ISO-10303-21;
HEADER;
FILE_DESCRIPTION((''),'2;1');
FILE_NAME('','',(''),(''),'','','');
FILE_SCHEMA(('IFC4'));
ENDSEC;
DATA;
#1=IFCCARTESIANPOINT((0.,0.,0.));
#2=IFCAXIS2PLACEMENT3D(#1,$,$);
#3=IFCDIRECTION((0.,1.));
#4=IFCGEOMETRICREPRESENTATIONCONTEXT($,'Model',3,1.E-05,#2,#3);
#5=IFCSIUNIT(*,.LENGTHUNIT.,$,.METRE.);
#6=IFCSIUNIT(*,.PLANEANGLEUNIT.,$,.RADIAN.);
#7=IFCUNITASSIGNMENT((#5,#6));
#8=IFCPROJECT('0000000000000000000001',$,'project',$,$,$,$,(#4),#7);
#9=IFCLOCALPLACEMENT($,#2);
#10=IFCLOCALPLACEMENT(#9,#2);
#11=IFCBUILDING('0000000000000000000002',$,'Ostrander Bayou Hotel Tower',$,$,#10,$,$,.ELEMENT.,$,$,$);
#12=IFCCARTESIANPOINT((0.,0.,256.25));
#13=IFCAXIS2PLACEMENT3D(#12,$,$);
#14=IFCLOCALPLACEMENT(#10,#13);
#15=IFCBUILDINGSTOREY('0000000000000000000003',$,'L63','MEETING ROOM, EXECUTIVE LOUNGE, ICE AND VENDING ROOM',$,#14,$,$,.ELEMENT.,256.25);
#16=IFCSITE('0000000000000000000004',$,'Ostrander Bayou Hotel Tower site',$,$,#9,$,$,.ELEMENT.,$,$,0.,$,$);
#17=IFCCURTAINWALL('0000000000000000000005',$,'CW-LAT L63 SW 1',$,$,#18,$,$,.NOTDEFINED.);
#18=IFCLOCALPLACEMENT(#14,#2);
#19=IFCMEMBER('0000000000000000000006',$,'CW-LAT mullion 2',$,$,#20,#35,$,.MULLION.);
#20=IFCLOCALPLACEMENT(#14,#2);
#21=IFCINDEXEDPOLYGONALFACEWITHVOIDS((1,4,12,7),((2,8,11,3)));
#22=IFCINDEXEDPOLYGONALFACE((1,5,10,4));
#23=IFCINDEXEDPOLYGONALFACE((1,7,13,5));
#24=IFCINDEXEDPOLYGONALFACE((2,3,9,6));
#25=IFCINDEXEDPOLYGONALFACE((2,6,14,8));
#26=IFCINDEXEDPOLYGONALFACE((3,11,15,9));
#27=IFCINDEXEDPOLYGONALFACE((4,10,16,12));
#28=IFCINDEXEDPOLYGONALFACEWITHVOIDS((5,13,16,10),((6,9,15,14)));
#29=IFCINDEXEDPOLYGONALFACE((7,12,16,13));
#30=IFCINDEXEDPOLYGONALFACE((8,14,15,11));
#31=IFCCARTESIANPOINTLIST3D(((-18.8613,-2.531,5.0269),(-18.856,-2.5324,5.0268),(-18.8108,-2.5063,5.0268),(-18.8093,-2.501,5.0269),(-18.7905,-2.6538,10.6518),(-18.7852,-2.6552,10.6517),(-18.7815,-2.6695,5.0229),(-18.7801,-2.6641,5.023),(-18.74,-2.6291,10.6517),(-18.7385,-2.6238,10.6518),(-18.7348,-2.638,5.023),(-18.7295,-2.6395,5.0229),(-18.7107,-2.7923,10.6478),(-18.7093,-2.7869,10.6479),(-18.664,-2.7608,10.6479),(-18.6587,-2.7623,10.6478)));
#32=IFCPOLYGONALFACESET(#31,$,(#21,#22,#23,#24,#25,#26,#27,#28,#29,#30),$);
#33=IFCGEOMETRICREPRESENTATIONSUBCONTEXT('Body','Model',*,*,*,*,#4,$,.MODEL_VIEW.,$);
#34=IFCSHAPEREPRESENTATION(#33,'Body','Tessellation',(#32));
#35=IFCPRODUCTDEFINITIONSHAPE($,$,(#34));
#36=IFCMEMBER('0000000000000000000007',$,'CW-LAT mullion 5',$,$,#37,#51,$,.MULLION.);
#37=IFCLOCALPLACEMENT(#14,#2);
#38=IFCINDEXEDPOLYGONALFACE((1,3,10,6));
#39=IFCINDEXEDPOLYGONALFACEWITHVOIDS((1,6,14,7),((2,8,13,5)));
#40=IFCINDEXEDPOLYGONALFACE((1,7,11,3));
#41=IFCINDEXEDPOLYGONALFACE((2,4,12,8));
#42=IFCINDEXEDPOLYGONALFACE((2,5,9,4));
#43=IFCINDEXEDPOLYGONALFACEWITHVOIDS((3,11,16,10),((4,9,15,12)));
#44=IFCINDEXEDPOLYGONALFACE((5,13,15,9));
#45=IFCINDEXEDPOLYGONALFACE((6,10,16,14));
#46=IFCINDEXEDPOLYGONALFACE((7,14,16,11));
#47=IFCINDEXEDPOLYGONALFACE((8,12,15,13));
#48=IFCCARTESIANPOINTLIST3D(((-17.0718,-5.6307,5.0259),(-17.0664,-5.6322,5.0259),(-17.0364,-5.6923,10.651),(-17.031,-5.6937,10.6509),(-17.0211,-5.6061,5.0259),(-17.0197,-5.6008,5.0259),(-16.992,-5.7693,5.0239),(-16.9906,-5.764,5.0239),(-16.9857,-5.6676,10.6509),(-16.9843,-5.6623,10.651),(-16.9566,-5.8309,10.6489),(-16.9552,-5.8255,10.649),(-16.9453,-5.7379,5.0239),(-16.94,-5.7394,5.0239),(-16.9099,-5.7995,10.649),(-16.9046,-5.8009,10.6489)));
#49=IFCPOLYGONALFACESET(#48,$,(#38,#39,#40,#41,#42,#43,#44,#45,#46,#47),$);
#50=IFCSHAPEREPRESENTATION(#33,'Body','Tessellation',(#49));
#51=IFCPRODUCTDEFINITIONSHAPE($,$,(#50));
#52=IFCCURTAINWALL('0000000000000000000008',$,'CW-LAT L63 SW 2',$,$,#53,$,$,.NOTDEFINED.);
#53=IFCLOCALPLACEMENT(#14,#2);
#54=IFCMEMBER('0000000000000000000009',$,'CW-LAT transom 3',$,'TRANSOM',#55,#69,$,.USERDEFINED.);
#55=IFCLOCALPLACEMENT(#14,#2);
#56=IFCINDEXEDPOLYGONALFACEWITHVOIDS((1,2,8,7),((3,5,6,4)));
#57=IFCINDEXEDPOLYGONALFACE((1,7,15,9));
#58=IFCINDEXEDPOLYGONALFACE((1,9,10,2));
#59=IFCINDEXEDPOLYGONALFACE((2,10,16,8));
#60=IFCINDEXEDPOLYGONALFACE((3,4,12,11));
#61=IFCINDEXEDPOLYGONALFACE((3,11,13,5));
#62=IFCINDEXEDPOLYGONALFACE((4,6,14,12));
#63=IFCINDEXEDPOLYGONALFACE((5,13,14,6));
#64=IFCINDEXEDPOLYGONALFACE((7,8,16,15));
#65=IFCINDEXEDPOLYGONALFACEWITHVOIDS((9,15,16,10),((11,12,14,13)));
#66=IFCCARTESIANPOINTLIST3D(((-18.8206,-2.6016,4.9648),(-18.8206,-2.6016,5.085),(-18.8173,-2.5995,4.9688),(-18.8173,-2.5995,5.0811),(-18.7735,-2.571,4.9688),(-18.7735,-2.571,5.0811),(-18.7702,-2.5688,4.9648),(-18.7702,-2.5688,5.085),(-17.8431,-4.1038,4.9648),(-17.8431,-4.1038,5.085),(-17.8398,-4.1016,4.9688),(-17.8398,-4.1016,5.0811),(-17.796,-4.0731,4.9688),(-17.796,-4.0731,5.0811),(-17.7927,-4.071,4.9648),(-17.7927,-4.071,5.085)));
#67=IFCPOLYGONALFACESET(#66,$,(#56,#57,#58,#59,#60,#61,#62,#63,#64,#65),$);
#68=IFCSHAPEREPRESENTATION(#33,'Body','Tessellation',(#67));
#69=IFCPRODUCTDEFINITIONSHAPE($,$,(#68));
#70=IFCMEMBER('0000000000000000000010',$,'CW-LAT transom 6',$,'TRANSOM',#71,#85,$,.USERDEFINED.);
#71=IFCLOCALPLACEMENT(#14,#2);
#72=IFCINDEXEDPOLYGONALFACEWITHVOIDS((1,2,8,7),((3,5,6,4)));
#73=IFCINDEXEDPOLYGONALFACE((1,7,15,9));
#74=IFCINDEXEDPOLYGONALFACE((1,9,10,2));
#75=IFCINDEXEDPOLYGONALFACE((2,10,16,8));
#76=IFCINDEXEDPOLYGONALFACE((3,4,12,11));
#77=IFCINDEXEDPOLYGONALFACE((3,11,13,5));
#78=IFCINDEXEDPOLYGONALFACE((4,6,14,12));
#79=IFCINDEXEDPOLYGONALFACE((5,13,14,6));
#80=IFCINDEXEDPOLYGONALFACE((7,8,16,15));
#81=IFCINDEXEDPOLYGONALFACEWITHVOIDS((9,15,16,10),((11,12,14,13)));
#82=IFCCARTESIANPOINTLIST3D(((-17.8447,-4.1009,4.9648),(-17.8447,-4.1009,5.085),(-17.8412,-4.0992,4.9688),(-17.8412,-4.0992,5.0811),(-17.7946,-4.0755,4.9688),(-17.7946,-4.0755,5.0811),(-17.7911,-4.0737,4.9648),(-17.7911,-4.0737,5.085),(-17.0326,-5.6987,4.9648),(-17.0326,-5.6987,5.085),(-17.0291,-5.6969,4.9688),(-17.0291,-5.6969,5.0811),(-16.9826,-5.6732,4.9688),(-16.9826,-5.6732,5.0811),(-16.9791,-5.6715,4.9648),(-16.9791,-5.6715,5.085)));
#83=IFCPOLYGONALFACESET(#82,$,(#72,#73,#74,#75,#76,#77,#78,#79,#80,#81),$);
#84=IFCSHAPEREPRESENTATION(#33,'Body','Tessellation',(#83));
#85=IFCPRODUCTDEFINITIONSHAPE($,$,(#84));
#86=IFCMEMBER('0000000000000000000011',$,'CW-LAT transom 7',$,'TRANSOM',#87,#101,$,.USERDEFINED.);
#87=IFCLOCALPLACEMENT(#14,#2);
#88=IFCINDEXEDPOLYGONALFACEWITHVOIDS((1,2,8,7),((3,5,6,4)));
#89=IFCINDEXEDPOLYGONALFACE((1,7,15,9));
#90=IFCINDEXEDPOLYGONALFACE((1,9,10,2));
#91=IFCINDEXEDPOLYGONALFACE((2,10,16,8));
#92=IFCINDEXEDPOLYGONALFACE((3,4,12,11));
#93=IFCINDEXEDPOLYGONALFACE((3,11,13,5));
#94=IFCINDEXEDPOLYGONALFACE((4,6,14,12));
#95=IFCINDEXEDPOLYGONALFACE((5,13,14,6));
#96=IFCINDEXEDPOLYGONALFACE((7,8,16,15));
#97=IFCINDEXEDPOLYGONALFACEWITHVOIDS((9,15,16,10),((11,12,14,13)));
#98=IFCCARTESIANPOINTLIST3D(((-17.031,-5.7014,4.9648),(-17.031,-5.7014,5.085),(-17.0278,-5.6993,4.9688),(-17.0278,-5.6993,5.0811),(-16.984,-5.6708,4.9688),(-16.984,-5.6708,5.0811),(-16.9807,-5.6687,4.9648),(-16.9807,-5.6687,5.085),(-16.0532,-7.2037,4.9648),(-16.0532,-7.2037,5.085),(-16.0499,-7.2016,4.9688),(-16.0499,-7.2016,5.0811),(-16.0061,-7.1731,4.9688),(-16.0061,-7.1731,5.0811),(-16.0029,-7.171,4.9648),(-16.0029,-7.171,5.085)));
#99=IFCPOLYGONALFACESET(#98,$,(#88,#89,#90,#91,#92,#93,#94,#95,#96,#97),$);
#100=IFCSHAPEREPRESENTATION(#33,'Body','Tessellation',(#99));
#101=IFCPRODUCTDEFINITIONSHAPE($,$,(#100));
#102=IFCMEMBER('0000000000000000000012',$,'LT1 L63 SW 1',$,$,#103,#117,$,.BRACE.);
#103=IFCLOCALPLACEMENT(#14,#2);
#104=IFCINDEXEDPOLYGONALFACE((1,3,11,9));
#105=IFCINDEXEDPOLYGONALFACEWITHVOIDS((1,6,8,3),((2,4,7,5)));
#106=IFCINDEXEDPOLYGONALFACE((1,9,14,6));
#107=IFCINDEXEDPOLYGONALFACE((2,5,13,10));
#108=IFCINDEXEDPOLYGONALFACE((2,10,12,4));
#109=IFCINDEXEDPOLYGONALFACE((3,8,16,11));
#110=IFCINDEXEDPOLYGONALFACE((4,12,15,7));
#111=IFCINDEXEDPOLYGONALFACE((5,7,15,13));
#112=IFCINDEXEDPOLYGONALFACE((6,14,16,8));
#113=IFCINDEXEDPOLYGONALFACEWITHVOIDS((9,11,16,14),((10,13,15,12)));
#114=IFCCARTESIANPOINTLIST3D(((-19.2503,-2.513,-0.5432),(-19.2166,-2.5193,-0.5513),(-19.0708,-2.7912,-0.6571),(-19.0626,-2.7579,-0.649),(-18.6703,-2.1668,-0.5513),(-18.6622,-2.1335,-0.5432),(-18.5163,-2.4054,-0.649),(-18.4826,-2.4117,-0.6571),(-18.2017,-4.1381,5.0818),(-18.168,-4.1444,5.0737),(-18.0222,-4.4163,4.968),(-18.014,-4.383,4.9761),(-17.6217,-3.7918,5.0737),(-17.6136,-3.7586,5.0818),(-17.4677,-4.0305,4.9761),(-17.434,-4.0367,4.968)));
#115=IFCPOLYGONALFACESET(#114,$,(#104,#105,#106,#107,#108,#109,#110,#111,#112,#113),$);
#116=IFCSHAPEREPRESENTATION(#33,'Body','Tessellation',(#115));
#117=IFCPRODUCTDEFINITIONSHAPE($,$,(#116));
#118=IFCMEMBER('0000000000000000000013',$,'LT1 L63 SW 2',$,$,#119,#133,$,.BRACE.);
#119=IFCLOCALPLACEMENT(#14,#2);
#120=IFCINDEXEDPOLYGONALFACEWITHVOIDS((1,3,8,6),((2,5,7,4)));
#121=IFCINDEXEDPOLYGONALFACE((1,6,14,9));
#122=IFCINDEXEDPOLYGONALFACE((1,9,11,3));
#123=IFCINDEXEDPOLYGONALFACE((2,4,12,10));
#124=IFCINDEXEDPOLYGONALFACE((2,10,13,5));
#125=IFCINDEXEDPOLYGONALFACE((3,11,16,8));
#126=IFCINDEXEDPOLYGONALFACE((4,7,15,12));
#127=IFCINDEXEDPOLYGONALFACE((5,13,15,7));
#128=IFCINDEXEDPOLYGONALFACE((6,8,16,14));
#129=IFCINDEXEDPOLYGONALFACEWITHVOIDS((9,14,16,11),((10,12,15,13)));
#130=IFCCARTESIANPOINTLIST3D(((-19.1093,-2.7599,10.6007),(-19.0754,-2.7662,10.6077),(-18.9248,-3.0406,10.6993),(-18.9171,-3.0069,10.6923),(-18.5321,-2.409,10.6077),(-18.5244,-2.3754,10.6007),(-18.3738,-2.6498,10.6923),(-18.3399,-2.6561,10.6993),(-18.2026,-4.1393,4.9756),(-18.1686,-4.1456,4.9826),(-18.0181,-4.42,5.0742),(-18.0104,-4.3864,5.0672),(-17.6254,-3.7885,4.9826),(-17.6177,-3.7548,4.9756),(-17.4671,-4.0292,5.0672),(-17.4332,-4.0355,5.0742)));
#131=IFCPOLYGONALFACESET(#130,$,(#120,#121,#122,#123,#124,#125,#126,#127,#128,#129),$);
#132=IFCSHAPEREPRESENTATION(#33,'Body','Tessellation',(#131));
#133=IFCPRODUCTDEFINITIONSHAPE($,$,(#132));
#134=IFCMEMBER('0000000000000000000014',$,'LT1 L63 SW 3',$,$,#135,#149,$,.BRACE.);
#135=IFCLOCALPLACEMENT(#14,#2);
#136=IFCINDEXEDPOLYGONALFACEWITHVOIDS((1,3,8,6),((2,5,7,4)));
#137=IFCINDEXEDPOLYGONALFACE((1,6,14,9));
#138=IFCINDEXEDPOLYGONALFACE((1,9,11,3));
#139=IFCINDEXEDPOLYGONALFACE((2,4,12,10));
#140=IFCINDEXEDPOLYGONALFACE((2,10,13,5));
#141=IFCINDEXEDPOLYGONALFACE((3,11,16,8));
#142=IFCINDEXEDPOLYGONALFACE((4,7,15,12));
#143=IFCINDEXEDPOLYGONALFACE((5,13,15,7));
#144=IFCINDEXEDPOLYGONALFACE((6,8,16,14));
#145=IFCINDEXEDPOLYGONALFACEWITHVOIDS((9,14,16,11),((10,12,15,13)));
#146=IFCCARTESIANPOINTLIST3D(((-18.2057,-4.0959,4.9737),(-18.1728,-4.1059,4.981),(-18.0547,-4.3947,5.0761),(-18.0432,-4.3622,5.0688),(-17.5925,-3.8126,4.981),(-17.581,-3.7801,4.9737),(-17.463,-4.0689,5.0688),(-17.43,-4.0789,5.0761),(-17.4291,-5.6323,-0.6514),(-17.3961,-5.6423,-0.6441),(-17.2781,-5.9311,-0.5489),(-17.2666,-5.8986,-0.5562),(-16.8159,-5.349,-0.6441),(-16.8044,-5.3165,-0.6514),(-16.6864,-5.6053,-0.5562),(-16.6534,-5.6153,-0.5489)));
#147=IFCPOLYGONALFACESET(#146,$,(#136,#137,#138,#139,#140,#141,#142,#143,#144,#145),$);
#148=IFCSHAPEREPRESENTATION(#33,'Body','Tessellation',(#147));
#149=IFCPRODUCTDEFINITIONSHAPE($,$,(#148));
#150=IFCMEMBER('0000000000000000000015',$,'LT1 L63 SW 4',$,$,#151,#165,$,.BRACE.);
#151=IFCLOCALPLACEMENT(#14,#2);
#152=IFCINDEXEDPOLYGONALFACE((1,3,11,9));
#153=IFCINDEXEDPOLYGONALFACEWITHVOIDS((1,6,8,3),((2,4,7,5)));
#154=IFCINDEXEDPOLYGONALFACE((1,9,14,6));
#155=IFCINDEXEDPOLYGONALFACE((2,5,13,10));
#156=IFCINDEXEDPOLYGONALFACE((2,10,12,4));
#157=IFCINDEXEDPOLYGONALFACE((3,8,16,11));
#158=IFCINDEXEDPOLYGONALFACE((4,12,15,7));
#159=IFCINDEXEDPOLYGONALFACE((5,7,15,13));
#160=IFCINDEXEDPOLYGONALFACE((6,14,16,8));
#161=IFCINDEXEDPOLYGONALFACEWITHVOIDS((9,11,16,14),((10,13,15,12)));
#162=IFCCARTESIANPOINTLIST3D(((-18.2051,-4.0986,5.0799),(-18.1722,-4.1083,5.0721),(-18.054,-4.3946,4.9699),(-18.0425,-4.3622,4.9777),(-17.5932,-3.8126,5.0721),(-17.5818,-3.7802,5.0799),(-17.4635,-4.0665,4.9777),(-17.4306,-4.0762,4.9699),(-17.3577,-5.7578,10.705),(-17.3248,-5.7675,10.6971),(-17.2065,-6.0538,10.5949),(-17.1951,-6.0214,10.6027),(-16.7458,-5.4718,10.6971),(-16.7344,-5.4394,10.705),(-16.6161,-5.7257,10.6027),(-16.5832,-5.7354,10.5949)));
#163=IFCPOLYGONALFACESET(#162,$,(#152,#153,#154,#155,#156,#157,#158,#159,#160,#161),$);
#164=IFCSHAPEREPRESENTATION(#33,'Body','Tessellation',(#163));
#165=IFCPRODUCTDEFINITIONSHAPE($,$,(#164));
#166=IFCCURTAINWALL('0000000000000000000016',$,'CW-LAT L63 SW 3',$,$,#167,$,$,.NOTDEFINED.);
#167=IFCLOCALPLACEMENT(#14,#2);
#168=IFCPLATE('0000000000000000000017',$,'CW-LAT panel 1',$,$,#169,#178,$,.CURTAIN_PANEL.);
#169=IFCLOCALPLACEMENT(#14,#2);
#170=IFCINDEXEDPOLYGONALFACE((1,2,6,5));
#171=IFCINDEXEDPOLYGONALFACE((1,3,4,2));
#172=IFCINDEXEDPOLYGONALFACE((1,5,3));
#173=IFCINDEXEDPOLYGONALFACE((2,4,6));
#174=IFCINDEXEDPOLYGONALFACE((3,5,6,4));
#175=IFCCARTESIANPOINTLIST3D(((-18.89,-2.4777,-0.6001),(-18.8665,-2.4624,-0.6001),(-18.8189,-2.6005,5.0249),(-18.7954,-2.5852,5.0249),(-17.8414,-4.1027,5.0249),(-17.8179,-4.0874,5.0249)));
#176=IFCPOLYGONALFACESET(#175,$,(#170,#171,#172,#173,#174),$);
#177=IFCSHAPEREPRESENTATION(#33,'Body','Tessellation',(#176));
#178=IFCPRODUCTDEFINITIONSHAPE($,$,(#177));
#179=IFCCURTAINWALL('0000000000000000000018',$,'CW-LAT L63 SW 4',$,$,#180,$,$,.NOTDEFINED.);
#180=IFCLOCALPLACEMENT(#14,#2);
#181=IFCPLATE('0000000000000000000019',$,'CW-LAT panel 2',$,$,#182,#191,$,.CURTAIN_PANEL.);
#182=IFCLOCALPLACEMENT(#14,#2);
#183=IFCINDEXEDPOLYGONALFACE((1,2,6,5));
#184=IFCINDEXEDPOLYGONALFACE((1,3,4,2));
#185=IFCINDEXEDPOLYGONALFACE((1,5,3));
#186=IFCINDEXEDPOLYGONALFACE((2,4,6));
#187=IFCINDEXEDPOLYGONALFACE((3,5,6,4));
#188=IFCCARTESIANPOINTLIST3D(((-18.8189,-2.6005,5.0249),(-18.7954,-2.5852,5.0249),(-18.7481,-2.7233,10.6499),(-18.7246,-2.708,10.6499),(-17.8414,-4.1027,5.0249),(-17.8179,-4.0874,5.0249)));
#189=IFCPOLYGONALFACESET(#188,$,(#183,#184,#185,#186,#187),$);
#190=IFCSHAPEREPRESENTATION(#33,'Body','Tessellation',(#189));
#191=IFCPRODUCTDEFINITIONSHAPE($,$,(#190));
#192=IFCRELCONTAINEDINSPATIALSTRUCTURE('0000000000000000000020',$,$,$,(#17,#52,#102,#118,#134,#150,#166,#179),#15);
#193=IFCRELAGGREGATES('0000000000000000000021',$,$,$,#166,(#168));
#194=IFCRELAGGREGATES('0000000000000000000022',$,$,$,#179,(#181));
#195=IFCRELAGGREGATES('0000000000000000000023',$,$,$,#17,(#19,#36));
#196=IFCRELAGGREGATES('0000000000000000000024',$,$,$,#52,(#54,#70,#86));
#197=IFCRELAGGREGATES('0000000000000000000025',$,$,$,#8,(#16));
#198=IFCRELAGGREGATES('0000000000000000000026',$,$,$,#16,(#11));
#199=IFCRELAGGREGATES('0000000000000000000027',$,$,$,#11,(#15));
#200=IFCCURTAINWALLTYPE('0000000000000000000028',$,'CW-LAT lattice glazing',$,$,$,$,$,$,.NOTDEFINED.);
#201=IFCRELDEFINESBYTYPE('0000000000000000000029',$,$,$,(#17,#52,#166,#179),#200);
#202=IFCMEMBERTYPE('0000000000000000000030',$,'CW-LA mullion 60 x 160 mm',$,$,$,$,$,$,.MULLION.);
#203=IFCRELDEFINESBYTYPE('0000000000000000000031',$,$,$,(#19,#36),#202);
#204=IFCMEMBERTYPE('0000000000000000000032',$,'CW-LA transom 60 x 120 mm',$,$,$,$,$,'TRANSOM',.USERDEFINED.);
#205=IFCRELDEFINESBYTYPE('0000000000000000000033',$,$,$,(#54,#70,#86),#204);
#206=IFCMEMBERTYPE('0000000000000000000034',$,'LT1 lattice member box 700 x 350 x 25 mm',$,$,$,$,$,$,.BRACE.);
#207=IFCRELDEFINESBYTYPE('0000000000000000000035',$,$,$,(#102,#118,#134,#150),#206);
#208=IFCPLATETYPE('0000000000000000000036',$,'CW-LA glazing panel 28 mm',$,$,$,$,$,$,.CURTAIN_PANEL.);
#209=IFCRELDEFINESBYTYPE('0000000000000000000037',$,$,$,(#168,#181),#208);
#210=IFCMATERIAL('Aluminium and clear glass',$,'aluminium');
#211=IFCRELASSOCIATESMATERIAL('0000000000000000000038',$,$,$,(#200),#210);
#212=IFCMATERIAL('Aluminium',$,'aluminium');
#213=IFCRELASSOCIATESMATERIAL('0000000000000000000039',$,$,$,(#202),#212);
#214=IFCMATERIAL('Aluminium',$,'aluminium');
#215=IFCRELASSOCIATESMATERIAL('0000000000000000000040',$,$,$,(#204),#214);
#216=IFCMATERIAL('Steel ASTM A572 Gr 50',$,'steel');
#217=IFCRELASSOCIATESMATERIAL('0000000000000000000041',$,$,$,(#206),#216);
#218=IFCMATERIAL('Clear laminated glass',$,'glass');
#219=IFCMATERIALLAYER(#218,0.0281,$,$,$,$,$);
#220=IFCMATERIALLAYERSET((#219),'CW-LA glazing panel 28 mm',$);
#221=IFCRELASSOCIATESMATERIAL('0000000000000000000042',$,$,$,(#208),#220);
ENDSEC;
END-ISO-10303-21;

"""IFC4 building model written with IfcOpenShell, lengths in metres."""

from ifc_helpers import new_model, si_unit, direction, frame, origin, origin_2d, place, context, subcontext, project, spatial, polyline, hollow_rectangle, outline, extrude, material, layer, layer_set, material_profile, profile_set, type_object, element, aggregate, save


model = new_model("IFC4")

# Units and contexts
model_context = context("Model", 3, precision=1e-05, world=origin(), true_north=direction((0.0, 1.0)))
body_context = subcontext(model_context, "Body", "Model", "MODEL_VIEW")
ifc_project = project(units=[si_unit("LENGTHUNIT", "METRE"), si_unit("PLANEANGLEUNIT", "RADIAN")], contexts=[model_context])

# Site, building, storey
site_placement = place(None, origin())
site = spatial("IfcSite", under=ifc_project, at=site_placement, Name="Ostrander Bayou Hotel Tower site", CompositionType="ELEMENT", RefElevation=0.0)
building_placement = place(site_placement, origin())
building = spatial("IfcBuilding", under=site, at=building_placement, Name="Ostrander Bayou Hotel Tower", CompositionType="ELEMENT")
storey_placement = place(building_placement, frame((0.0, 0.0, 256.25)))
storey = spatial("IfcBuildingStorey", under=building, at=storey_placement, Name="L63", Description="MEETING ROOM, EXECUTIVE LOUNGE, ICE AND VENDING ROOM", CompositionType="ELEMENT", Elevation=256.25)

# Curtain walls, members
ifc_material_1 = material(Name="Aluminium and clear glass", Category="aluminium")
curtain_wall_type = type_object("IfcCurtainWallType", Name="CW-LAT lattice glazing", PredefinedType="NOTDEFINED", material=ifc_material_1)
curtain_wall_1_placement = place(storey_placement, origin())
curtain_wall_1 = element("IfcCurtainWall", 1, at=curtain_wall_1_placement, inside=storey, type_object=curtain_wall_type, Name="CW-LAT L63 SW 1", PredefinedType="NOTDEFINED")
ifc_material_2 = material(Name="Aluminium", Category="aluminium")
ifc_material_profile_1 = material_profile(ifc_material_2, hollow_rectangle(XDim=0.0601, YDim=0.1599, WallThickness=0.0039, at=origin_2d()))
ifc_profile_set_1 = profile_set([ifc_material_profile_1], Name="Aluminium")
member_type_1 = type_object("IfcMemberType", Name="CW-LA mullion 60 x 160 mm", PredefinedType="MULLION", material=ifc_profile_set_1)
member_1_placement = place(storey_placement, frame((-18.7954, -2.5852, 5.0249), z_axis=(0.012583, -0.021825, 0.999683), x_axis=(0.866329, 0.499474, 0.0)))
member_1 = element("IfcMember", 2, at=member_1_placement, type_object=member_type_1, Name="CW-LAT mullion 2", PredefinedType="MULLION", context=body_context, shape_type="SweptSolid", body=[
    extrude(hollow_rectangle(XDim=0.0601, YDim=0.1599, WallThickness=0.0039, at=origin_2d()), origin(), (0.0, 0.0, 1.0), 5.6267),
])
member_2_placement = place(storey_placement, frame((-17.0059, -5.6851, 5.0249), z_axis=(0.006293, -0.010937, 0.99992), x_axis=(0.866758, 0.49873, 0.0)))
member_2 = element("IfcMember", 3, at=member_2_placement, type_object=member_type_1, Name="CW-LAT mullion 5", PredefinedType="MULLION", context=body_context, shape_type="SweptSolid", body=[
    extrude(hollow_rectangle(XDim=0.0601, YDim=0.1599, WallThickness=0.0039, at=origin_2d()), origin(), (0.0, 0.0, 1.0), 5.6255),
])
curtain_wall_2_placement = place(storey_placement, origin())
curtain_wall_2 = element("IfcCurtainWall", 4, at=curtain_wall_2_placement, inside=storey, type_object=curtain_wall_type, Name="CW-LAT L63 SW 2", PredefinedType="NOTDEFINED")
ifc_material_3 = material(Name="Aluminium", Category="aluminium")
ifc_material_profile_2 = material_profile(ifc_material_3, hollow_rectangle(XDim=0.0601, YDim=0.1201, WallThickness=0.0039, at=origin_2d()))
ifc_profile_set_2 = profile_set([ifc_material_profile_2], Name="Aluminium")
member_type_2 = type_object("IfcMemberType", Name="CW-LA transom 60 x 120 mm", ElementType="TRANSOM", PredefinedType="USERDEFINED", material=ifc_profile_set_2)
member_3_placement = place(storey_placement, frame((-18.7954, -2.5852, 5.0249), z_axis=(0.545424, -0.83816, 0.0), x_axis=(0.83816, 0.545424, 0.0)))
member_3 = element("IfcMember", 5, at=member_3_placement, type_object=member_type_2, Name="CW-LAT transom 3", ObjectType="TRANSOM", PredefinedType="USERDEFINED", context=body_context, shape_type="SweptSolid", body=[
    extrude(hollow_rectangle(XDim=0.0601, YDim=0.1201, WallThickness=0.0039, at=origin_2d()), origin(), (0.0, 0.0, 1.0), 1.7922),
])
member_4_placement = place(storey_placement, frame((-17.0059, -5.6851, 5.0249), z_axis=(-0.453089, 0.891465, 0.0), x_axis=(-0.891465, -0.453089, 0.0)))
member_4 = element("IfcMember", 6, at=member_4_placement, type_object=member_type_2, Name="CW-LAT transom 6", ObjectType="TRANSOM", PredefinedType="USERDEFINED", context=body_context, shape_type="SweptSolid", body=[
    extrude(hollow_rectangle(XDim=0.0601, YDim=0.1201, WallThickness=0.0039, at=origin_2d()), origin(), (0.0, 0.0, 1.0), 1.7922),
])
member_5_placement = place(storey_placement, frame((-17.0059, -5.6851, 5.0249), z_axis=(0.54552, -0.838098, 0.0), x_axis=(0.838098, 0.54552, 0.0)))
member_5 = element("IfcMember", 7, at=member_5_placement, type_object=member_type_2, Name="CW-LAT transom 7", ObjectType="TRANSOM", PredefinedType="USERDEFINED", context=body_context, shape_type="SweptSolid", body=[
    extrude(hollow_rectangle(XDim=0.0601, YDim=0.1201, WallThickness=0.0039, at=origin_2d()), origin(), (0.0, 0.0, 1.0), 1.7925),
])

# Members
ifc_material_4 = material(Name="Steel ASTM A572 Gr 50", Category="steel")
ifc_material_profile_3 = material_profile(ifc_material_4, hollow_rectangle(XDim=0.7, YDim=0.3501, WallThickness=0.0249, at=origin_2d()))
ifc_profile_set_3 = profile_set([ifc_material_profile_3], Name="Steel ASTM A572 Gr 50")
member_type_3 = type_object("IfcMemberType", Name="LT1 lattice member box 700 x 350 x 25 mm", PredefinedType="BRACE", material=ifc_profile_set_3)
member_6_placement = place(storey_placement, frame((-17.8179, -4.0874, 5.0249), z_axis=(-0.176287, 0.273193, -0.945668), x_axis=(-0.84025, -0.542199, 0.0)))
element("IfcMember", 8, at=member_6_placement, inside=storey, type_object=member_type_3, Name="LT1 L63 SW 1", PredefinedType="BRACE", context=body_context, shape_type="SweptSolid", body=[
    extrude(hollow_rectangle(XDim=0.7, YDim=0.3501, WallThickness=0.0249, at=origin_2d()), origin(), (0.0, 0.0, 1.0), 5.9482),
])
member_7_placement = place(storey_placement, frame((-17.8179, -4.0874, 5.0249), z_axis=(-0.154675, 0.235303, 0.959535), x_axis=(-0.835628, -0.549296, 0.0)))
element("IfcMember", 9, at=member_7_placement, inside=storey, type_object=member_type_3, Name="LT1 L63 SW 2", PredefinedType="BRACE", context=body_context, shape_type="SweptSolid", body=[
    extrude(hollow_rectangle(XDim=0.7, YDim=0.3501, WallThickness=0.0249, at=origin_2d()), origin(), (0.0, 0.0, 1.0), 5.8623),
])
member_8_placement = place(storey_placement, frame((-17.8179, -4.0874, 5.0249), z_axis=(0.13202, -0.261176, -0.956221), x_axis=(0.892462, 0.451123, 0.0)))
element("IfcMember", 10, at=member_8_placement, inside=storey, type_object=member_type_3, Name="LT1 L63 SW 3", PredefinedType="BRACE", context=body_context, shape_type="SweptSolid", body=[
    extrude(hollow_rectangle(XDim=0.7, YDim=0.3501, WallThickness=0.0249, at=origin_2d()), origin(), (0.0, 0.0, 1.0), 5.8826),
])
member_9_placement = place(storey_placement, frame((-17.8179, -4.0874, 5.0249), z_axis=(0.143011, -0.280006, 0.949286), x_axis=(0.890568, 0.45485, 0.0)))
element("IfcMember", 11, at=member_9_placement, inside=storey, type_object=member_type_3, Name="LT1 L63 SW 4", PredefinedType="BRACE", context=body_context, shape_type="SweptSolid", body=[
    extrude(hollow_rectangle(XDim=0.7, YDim=0.3501, WallThickness=0.0249, at=origin_2d()), origin(), (0.0, 0.0, 1.0), 5.9255),
])

# Curtain walls, plates
curtain_wall_3_placement = place(storey_placement, origin())
curtain_wall_3 = element("IfcCurtainWall", 12, at=curtain_wall_3_placement, inside=storey, type_object=curtain_wall_type, Name="CW-LAT L63 SW 3", PredefinedType="NOTDEFINED")
ifc_material_5 = material(Name="Clear laminated glass", Category="glass")
ifc_layer_1 = layer(ifc_material_5, 0.0281)
ifc_layer_set_1 = layer_set([ifc_layer_1], Name="CW-LA glazing panel 28 mm")
plate_type = type_object("IfcPlateType", Name="CW-LA glazing panel 28 mm", PredefinedType="CURTAIN_PANEL", material=ifc_layer_set_1)
plate_1_placement = place(storey_placement, frame((-17.8179, -4.0874, 5.0249), z_axis=(0.83816, 0.545424, 0.001321), x_axis=(-0.176287, 0.273193, -0.945668)))
plate_1 = element("IfcPlate", 13, at=plate_1_placement, type_object=plate_type, Name="CW-LAT panel 1", PredefinedType="CURTAIN_PANEL", context=body_context, shape_type="SweptSolid", body=[
    extrude(outline(polyline([(0.0, 0.0), (5.9482, 0.0), (0.5827, 1.6949), (0.0, 0.0)])), origin(), (0.0, 0.0, -1.0), 0.0281),
])
aggregate(curtain_wall_3, [plate_1])
curtain_wall_4_placement = place(storey_placement, origin())
curtain_wall_4 = element("IfcCurtainWall", 14, at=curtain_wall_4_placement, inside=storey, type_object=curtain_wall_type, Name="CW-LAT L63 SW 4", PredefinedType="NOTDEFINED")
plate_2_placement = place(storey_placement, frame((-17.8179, -4.0874, 5.0249), z_axis=(0.83816, 0.545423, 0.001358), x_axis=(-0.154675, 0.235303, 0.959535)))
plate_2 = element("IfcPlate", 15, at=plate_2_placement, type_object=plate_type, Name="CW-LAT panel 2", PredefinedType="CURTAIN_PANEL", context=body_context, shape_type="SweptSolid", body=[
    extrude(outline(polyline([(0.0, 0.0), (5.8622, 0.0), (0.5047, -1.7197), (0.0, 0.0)])), origin(), (0.0, 0.0, -1.0), 0.0281),
])
aggregate(curtain_wall_4, [plate_2])

aggregate(curtain_wall_1, [member_1, member_2])
aggregate(curtain_wall_2, [member_3, member_4, member_5])

save(model, "model.ifc")
